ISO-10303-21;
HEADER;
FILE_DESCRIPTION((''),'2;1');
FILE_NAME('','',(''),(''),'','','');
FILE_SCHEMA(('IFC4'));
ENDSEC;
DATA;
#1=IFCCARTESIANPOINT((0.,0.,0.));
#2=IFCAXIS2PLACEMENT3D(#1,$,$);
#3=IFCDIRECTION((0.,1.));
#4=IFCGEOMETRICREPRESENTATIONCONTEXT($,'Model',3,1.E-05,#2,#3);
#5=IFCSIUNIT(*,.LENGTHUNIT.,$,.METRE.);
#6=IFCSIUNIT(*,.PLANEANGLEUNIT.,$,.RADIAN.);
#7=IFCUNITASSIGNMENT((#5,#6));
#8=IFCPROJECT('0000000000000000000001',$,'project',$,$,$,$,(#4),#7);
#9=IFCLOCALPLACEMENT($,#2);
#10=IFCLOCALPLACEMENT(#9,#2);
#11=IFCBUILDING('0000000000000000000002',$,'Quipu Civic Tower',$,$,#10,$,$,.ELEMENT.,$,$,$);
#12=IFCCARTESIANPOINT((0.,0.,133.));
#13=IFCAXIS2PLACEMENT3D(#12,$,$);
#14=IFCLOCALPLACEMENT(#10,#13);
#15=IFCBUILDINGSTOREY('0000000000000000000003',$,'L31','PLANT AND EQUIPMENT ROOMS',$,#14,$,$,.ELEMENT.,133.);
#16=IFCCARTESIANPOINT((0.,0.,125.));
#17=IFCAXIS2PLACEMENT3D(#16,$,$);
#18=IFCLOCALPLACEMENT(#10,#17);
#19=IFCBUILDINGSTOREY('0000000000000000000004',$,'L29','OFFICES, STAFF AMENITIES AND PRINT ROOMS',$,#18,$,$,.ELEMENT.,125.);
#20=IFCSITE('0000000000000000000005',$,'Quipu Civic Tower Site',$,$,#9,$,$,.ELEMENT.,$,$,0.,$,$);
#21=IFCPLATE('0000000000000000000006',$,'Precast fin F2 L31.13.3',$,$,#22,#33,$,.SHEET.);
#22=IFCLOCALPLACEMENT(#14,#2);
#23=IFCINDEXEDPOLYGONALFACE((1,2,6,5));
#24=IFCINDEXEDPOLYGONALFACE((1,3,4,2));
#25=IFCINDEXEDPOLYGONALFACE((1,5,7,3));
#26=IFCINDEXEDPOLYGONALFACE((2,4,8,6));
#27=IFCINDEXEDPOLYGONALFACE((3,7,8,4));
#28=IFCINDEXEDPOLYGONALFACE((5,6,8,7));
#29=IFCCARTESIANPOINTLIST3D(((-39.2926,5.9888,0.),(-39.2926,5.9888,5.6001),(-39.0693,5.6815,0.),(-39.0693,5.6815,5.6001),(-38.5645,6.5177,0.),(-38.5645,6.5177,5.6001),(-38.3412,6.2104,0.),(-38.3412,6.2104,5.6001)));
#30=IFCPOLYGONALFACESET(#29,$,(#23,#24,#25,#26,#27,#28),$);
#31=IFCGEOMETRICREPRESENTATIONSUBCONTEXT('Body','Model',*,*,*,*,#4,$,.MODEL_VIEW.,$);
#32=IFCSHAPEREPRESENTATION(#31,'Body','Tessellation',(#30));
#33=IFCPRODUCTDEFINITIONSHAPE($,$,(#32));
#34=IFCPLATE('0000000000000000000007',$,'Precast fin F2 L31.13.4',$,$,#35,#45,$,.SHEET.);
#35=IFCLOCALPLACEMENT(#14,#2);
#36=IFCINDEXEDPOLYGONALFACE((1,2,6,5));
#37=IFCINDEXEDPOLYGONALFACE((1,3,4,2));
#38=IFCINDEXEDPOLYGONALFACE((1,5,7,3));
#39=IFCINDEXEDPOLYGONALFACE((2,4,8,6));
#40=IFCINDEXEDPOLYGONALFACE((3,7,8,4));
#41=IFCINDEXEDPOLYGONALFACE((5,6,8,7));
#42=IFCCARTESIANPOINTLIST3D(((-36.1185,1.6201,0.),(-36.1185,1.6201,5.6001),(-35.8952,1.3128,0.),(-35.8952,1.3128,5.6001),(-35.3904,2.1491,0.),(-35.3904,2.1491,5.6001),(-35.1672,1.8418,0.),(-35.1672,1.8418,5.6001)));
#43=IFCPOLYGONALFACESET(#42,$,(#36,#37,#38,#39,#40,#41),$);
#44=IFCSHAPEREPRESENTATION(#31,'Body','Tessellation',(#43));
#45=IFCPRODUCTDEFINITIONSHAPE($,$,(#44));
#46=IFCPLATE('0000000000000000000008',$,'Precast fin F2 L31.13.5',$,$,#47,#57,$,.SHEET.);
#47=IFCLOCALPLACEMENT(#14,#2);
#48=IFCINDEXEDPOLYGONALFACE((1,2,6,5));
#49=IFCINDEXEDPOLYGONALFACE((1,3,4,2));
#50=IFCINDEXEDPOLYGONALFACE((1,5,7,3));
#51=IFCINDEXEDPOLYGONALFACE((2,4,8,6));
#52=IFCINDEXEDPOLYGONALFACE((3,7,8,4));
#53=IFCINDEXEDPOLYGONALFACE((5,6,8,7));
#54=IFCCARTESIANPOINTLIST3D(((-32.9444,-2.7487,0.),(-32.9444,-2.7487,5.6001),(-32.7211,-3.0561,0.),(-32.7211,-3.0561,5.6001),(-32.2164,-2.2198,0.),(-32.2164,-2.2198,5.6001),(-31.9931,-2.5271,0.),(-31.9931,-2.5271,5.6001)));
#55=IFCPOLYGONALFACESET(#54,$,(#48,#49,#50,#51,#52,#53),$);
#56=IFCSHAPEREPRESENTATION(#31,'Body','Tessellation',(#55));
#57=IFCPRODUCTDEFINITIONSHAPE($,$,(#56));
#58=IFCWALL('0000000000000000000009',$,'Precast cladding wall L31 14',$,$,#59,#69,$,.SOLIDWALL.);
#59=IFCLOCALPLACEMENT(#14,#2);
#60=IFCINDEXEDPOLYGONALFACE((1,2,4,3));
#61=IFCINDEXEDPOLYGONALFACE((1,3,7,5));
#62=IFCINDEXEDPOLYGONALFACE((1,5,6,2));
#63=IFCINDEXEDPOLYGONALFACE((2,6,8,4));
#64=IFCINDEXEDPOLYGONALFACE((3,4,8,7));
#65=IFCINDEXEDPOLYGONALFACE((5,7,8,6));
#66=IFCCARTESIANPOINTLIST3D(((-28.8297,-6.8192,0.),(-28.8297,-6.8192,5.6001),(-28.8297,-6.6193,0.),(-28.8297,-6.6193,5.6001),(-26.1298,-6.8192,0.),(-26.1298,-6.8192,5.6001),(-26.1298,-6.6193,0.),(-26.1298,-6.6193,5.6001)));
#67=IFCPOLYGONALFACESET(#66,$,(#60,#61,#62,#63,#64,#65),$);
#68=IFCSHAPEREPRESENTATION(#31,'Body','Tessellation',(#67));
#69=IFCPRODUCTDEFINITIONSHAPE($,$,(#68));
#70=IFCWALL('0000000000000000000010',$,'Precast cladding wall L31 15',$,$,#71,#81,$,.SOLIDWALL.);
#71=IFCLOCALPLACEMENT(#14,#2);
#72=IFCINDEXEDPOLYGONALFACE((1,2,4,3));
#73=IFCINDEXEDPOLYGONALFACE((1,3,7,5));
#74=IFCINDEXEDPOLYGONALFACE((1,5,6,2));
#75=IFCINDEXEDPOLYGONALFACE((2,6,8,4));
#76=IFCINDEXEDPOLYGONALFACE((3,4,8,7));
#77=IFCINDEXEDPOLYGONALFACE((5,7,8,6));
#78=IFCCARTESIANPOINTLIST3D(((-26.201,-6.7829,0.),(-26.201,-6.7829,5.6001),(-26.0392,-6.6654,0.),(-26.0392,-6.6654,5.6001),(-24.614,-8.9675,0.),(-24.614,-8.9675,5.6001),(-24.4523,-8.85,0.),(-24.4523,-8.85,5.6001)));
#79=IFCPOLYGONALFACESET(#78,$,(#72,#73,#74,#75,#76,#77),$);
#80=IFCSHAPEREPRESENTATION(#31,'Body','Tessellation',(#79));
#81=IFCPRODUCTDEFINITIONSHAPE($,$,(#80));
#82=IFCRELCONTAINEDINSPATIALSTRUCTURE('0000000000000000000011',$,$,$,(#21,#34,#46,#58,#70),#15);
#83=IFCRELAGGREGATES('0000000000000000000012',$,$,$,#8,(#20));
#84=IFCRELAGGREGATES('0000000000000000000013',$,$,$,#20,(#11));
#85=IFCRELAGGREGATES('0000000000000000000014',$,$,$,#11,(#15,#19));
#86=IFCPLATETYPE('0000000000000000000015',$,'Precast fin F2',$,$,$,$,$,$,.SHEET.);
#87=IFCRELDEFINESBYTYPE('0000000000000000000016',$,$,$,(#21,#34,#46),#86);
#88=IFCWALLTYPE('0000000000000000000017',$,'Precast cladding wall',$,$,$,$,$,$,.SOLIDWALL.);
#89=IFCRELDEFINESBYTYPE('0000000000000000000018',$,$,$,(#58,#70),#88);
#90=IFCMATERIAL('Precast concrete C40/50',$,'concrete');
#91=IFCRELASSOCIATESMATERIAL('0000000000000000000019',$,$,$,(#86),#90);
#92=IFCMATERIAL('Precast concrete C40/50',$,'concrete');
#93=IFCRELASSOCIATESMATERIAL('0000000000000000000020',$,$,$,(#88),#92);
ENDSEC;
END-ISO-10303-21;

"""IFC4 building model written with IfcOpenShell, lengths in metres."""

from ifc_helpers import new_model, si_unit, direction, frame, frame_2d, origin, origin_2d, place, context, subcontext, project, spatial, rectangle, extrude, material, type_object, element, save


model = new_model("IFC4")

# Units and contexts
model_context = context("Model", 3, precision=1e-05, world=origin(), true_north=direction((0.0, 1.0)))
body_context = subcontext(model_context, "Body", "Model", "MODEL_VIEW")
ifc_project = project(units=[si_unit("LENGTHUNIT", "METRE"), si_unit("PLANEANGLEUNIT", "RADIAN")], contexts=[model_context])

# Site, building, storey
site_placement = place(None, origin())
site = spatial("IfcSite", under=ifc_project, at=site_placement, Name="Quipu Civic Tower Site", CompositionType="ELEMENT", RefElevation=0.0)
building_placement = place(site_placement, origin())
building = spatial("IfcBuilding", under=site, at=building_placement, Name="Quipu Civic Tower", CompositionType="ELEMENT")
storey_1_placement = place(building_placement, frame((0.0, 0.0, 133.0)))
storey_1 = spatial("IfcBuildingStorey", under=building, at=storey_1_placement, Name="L31", Description="PLANT AND EQUIPMENT ROOMS", CompositionType="ELEMENT", Elevation=133.0)

# Shared definitions
storey_2_placement = place(building_placement, frame((0.0, 0.0, 125.0)))
storey_2 = spatial("IfcBuildingStorey", under=building, at=storey_2_placement, Name="L29", Description="OFFICES, STAFF AMENITIES AND PRINT ROOMS", CompositionType="ELEMENT", Elevation=125.0)

# Plates
ifc_material_1 = material(Name="Precast concrete C40/50", Category="concrete")
plate_type = type_object("IfcPlateType", Name="Precast fin F2", PredefinedType="SHEET", material=ifc_material_1)
for number, where, z_axis, x_axis, name in (
    (1, (-38.8169, 6.0996, 0.0), (0.0, 0.0, 1.0), (0.587786, -0.809017, 0.0), "Precast fin F2 L31.13.3"),
    (2, (-35.6428, 1.731, 0.0), (0.0, 0.0, 1.0), (0.587786, -0.809017, 0.0), "Precast fin F2 L31.13.4"),
    (3, (-32.4688, -2.6379, 0.0), (0.0, 0.0, 1.0), (0.587786, -0.809017, 0.0), "Precast fin F2 L31.13.5"),
):
    element("IfcPlate", number, at=place(storey_1_placement, frame(where, z_axis=z_axis, x_axis=x_axis)), inside=storey_1, type_object=plate_type, Name=name, PredefinedType="SHEET", context=body_context, shape_type="SweptSolid", body=[
        extrude(rectangle(XDim=0.3799, YDim=0.8999, at=origin_2d()), origin(), (0.0, 0.0, 1.0), 5.6001),
    ])

# Walls
ifc_material_2 = material(Name="Precast concrete C40/50", Category="concrete")
wall_type = type_object("IfcWallType", Name="Precast cladding wall", PredefinedType="SOLIDWALL", material=ifc_material_2)
wall_1_placement = place(storey_1_placement, frame((-28.8298, -6.7192, 0.0), z_axis=(0.0, 0.0, 1.0), x_axis=(1.0, 0.0, 0.0)))
element("IfcWall", 4, at=wall_1_placement, inside=storey_1, type_object=wall_type, Name="Precast cladding wall L31 14", PredefinedType="SOLIDWALL", context=body_context, shape_type="SweptSolid", body=[
    extrude(rectangle(XDim=2.7, YDim=0.2, at=frame_2d((1.3501, 0.0))), origin(), (0.0, 0.0, 1.0), 5.6001),
])
wall_2_placement = place(storey_1_placement, frame((-26.1201, -6.7241, 0.0), z_axis=(0.0, 0.0, 1.0), x_axis=(0.58772, -0.809064, 0.0)))
element("IfcWall", 5, at=wall_2_placement, inside=storey_1, type_object=wall_type, Name="Precast cladding wall L31 15", PredefinedType="SOLIDWALL", context=body_context, shape_type="SweptSolid", body=[
    extrude(rectangle(XDim=2.7002, YDim=0.2, at=frame_2d((1.3501, 0.0))), origin(), (0.0, 0.0, 1.0), 5.6001),
])

save(model, "model.ifc")
